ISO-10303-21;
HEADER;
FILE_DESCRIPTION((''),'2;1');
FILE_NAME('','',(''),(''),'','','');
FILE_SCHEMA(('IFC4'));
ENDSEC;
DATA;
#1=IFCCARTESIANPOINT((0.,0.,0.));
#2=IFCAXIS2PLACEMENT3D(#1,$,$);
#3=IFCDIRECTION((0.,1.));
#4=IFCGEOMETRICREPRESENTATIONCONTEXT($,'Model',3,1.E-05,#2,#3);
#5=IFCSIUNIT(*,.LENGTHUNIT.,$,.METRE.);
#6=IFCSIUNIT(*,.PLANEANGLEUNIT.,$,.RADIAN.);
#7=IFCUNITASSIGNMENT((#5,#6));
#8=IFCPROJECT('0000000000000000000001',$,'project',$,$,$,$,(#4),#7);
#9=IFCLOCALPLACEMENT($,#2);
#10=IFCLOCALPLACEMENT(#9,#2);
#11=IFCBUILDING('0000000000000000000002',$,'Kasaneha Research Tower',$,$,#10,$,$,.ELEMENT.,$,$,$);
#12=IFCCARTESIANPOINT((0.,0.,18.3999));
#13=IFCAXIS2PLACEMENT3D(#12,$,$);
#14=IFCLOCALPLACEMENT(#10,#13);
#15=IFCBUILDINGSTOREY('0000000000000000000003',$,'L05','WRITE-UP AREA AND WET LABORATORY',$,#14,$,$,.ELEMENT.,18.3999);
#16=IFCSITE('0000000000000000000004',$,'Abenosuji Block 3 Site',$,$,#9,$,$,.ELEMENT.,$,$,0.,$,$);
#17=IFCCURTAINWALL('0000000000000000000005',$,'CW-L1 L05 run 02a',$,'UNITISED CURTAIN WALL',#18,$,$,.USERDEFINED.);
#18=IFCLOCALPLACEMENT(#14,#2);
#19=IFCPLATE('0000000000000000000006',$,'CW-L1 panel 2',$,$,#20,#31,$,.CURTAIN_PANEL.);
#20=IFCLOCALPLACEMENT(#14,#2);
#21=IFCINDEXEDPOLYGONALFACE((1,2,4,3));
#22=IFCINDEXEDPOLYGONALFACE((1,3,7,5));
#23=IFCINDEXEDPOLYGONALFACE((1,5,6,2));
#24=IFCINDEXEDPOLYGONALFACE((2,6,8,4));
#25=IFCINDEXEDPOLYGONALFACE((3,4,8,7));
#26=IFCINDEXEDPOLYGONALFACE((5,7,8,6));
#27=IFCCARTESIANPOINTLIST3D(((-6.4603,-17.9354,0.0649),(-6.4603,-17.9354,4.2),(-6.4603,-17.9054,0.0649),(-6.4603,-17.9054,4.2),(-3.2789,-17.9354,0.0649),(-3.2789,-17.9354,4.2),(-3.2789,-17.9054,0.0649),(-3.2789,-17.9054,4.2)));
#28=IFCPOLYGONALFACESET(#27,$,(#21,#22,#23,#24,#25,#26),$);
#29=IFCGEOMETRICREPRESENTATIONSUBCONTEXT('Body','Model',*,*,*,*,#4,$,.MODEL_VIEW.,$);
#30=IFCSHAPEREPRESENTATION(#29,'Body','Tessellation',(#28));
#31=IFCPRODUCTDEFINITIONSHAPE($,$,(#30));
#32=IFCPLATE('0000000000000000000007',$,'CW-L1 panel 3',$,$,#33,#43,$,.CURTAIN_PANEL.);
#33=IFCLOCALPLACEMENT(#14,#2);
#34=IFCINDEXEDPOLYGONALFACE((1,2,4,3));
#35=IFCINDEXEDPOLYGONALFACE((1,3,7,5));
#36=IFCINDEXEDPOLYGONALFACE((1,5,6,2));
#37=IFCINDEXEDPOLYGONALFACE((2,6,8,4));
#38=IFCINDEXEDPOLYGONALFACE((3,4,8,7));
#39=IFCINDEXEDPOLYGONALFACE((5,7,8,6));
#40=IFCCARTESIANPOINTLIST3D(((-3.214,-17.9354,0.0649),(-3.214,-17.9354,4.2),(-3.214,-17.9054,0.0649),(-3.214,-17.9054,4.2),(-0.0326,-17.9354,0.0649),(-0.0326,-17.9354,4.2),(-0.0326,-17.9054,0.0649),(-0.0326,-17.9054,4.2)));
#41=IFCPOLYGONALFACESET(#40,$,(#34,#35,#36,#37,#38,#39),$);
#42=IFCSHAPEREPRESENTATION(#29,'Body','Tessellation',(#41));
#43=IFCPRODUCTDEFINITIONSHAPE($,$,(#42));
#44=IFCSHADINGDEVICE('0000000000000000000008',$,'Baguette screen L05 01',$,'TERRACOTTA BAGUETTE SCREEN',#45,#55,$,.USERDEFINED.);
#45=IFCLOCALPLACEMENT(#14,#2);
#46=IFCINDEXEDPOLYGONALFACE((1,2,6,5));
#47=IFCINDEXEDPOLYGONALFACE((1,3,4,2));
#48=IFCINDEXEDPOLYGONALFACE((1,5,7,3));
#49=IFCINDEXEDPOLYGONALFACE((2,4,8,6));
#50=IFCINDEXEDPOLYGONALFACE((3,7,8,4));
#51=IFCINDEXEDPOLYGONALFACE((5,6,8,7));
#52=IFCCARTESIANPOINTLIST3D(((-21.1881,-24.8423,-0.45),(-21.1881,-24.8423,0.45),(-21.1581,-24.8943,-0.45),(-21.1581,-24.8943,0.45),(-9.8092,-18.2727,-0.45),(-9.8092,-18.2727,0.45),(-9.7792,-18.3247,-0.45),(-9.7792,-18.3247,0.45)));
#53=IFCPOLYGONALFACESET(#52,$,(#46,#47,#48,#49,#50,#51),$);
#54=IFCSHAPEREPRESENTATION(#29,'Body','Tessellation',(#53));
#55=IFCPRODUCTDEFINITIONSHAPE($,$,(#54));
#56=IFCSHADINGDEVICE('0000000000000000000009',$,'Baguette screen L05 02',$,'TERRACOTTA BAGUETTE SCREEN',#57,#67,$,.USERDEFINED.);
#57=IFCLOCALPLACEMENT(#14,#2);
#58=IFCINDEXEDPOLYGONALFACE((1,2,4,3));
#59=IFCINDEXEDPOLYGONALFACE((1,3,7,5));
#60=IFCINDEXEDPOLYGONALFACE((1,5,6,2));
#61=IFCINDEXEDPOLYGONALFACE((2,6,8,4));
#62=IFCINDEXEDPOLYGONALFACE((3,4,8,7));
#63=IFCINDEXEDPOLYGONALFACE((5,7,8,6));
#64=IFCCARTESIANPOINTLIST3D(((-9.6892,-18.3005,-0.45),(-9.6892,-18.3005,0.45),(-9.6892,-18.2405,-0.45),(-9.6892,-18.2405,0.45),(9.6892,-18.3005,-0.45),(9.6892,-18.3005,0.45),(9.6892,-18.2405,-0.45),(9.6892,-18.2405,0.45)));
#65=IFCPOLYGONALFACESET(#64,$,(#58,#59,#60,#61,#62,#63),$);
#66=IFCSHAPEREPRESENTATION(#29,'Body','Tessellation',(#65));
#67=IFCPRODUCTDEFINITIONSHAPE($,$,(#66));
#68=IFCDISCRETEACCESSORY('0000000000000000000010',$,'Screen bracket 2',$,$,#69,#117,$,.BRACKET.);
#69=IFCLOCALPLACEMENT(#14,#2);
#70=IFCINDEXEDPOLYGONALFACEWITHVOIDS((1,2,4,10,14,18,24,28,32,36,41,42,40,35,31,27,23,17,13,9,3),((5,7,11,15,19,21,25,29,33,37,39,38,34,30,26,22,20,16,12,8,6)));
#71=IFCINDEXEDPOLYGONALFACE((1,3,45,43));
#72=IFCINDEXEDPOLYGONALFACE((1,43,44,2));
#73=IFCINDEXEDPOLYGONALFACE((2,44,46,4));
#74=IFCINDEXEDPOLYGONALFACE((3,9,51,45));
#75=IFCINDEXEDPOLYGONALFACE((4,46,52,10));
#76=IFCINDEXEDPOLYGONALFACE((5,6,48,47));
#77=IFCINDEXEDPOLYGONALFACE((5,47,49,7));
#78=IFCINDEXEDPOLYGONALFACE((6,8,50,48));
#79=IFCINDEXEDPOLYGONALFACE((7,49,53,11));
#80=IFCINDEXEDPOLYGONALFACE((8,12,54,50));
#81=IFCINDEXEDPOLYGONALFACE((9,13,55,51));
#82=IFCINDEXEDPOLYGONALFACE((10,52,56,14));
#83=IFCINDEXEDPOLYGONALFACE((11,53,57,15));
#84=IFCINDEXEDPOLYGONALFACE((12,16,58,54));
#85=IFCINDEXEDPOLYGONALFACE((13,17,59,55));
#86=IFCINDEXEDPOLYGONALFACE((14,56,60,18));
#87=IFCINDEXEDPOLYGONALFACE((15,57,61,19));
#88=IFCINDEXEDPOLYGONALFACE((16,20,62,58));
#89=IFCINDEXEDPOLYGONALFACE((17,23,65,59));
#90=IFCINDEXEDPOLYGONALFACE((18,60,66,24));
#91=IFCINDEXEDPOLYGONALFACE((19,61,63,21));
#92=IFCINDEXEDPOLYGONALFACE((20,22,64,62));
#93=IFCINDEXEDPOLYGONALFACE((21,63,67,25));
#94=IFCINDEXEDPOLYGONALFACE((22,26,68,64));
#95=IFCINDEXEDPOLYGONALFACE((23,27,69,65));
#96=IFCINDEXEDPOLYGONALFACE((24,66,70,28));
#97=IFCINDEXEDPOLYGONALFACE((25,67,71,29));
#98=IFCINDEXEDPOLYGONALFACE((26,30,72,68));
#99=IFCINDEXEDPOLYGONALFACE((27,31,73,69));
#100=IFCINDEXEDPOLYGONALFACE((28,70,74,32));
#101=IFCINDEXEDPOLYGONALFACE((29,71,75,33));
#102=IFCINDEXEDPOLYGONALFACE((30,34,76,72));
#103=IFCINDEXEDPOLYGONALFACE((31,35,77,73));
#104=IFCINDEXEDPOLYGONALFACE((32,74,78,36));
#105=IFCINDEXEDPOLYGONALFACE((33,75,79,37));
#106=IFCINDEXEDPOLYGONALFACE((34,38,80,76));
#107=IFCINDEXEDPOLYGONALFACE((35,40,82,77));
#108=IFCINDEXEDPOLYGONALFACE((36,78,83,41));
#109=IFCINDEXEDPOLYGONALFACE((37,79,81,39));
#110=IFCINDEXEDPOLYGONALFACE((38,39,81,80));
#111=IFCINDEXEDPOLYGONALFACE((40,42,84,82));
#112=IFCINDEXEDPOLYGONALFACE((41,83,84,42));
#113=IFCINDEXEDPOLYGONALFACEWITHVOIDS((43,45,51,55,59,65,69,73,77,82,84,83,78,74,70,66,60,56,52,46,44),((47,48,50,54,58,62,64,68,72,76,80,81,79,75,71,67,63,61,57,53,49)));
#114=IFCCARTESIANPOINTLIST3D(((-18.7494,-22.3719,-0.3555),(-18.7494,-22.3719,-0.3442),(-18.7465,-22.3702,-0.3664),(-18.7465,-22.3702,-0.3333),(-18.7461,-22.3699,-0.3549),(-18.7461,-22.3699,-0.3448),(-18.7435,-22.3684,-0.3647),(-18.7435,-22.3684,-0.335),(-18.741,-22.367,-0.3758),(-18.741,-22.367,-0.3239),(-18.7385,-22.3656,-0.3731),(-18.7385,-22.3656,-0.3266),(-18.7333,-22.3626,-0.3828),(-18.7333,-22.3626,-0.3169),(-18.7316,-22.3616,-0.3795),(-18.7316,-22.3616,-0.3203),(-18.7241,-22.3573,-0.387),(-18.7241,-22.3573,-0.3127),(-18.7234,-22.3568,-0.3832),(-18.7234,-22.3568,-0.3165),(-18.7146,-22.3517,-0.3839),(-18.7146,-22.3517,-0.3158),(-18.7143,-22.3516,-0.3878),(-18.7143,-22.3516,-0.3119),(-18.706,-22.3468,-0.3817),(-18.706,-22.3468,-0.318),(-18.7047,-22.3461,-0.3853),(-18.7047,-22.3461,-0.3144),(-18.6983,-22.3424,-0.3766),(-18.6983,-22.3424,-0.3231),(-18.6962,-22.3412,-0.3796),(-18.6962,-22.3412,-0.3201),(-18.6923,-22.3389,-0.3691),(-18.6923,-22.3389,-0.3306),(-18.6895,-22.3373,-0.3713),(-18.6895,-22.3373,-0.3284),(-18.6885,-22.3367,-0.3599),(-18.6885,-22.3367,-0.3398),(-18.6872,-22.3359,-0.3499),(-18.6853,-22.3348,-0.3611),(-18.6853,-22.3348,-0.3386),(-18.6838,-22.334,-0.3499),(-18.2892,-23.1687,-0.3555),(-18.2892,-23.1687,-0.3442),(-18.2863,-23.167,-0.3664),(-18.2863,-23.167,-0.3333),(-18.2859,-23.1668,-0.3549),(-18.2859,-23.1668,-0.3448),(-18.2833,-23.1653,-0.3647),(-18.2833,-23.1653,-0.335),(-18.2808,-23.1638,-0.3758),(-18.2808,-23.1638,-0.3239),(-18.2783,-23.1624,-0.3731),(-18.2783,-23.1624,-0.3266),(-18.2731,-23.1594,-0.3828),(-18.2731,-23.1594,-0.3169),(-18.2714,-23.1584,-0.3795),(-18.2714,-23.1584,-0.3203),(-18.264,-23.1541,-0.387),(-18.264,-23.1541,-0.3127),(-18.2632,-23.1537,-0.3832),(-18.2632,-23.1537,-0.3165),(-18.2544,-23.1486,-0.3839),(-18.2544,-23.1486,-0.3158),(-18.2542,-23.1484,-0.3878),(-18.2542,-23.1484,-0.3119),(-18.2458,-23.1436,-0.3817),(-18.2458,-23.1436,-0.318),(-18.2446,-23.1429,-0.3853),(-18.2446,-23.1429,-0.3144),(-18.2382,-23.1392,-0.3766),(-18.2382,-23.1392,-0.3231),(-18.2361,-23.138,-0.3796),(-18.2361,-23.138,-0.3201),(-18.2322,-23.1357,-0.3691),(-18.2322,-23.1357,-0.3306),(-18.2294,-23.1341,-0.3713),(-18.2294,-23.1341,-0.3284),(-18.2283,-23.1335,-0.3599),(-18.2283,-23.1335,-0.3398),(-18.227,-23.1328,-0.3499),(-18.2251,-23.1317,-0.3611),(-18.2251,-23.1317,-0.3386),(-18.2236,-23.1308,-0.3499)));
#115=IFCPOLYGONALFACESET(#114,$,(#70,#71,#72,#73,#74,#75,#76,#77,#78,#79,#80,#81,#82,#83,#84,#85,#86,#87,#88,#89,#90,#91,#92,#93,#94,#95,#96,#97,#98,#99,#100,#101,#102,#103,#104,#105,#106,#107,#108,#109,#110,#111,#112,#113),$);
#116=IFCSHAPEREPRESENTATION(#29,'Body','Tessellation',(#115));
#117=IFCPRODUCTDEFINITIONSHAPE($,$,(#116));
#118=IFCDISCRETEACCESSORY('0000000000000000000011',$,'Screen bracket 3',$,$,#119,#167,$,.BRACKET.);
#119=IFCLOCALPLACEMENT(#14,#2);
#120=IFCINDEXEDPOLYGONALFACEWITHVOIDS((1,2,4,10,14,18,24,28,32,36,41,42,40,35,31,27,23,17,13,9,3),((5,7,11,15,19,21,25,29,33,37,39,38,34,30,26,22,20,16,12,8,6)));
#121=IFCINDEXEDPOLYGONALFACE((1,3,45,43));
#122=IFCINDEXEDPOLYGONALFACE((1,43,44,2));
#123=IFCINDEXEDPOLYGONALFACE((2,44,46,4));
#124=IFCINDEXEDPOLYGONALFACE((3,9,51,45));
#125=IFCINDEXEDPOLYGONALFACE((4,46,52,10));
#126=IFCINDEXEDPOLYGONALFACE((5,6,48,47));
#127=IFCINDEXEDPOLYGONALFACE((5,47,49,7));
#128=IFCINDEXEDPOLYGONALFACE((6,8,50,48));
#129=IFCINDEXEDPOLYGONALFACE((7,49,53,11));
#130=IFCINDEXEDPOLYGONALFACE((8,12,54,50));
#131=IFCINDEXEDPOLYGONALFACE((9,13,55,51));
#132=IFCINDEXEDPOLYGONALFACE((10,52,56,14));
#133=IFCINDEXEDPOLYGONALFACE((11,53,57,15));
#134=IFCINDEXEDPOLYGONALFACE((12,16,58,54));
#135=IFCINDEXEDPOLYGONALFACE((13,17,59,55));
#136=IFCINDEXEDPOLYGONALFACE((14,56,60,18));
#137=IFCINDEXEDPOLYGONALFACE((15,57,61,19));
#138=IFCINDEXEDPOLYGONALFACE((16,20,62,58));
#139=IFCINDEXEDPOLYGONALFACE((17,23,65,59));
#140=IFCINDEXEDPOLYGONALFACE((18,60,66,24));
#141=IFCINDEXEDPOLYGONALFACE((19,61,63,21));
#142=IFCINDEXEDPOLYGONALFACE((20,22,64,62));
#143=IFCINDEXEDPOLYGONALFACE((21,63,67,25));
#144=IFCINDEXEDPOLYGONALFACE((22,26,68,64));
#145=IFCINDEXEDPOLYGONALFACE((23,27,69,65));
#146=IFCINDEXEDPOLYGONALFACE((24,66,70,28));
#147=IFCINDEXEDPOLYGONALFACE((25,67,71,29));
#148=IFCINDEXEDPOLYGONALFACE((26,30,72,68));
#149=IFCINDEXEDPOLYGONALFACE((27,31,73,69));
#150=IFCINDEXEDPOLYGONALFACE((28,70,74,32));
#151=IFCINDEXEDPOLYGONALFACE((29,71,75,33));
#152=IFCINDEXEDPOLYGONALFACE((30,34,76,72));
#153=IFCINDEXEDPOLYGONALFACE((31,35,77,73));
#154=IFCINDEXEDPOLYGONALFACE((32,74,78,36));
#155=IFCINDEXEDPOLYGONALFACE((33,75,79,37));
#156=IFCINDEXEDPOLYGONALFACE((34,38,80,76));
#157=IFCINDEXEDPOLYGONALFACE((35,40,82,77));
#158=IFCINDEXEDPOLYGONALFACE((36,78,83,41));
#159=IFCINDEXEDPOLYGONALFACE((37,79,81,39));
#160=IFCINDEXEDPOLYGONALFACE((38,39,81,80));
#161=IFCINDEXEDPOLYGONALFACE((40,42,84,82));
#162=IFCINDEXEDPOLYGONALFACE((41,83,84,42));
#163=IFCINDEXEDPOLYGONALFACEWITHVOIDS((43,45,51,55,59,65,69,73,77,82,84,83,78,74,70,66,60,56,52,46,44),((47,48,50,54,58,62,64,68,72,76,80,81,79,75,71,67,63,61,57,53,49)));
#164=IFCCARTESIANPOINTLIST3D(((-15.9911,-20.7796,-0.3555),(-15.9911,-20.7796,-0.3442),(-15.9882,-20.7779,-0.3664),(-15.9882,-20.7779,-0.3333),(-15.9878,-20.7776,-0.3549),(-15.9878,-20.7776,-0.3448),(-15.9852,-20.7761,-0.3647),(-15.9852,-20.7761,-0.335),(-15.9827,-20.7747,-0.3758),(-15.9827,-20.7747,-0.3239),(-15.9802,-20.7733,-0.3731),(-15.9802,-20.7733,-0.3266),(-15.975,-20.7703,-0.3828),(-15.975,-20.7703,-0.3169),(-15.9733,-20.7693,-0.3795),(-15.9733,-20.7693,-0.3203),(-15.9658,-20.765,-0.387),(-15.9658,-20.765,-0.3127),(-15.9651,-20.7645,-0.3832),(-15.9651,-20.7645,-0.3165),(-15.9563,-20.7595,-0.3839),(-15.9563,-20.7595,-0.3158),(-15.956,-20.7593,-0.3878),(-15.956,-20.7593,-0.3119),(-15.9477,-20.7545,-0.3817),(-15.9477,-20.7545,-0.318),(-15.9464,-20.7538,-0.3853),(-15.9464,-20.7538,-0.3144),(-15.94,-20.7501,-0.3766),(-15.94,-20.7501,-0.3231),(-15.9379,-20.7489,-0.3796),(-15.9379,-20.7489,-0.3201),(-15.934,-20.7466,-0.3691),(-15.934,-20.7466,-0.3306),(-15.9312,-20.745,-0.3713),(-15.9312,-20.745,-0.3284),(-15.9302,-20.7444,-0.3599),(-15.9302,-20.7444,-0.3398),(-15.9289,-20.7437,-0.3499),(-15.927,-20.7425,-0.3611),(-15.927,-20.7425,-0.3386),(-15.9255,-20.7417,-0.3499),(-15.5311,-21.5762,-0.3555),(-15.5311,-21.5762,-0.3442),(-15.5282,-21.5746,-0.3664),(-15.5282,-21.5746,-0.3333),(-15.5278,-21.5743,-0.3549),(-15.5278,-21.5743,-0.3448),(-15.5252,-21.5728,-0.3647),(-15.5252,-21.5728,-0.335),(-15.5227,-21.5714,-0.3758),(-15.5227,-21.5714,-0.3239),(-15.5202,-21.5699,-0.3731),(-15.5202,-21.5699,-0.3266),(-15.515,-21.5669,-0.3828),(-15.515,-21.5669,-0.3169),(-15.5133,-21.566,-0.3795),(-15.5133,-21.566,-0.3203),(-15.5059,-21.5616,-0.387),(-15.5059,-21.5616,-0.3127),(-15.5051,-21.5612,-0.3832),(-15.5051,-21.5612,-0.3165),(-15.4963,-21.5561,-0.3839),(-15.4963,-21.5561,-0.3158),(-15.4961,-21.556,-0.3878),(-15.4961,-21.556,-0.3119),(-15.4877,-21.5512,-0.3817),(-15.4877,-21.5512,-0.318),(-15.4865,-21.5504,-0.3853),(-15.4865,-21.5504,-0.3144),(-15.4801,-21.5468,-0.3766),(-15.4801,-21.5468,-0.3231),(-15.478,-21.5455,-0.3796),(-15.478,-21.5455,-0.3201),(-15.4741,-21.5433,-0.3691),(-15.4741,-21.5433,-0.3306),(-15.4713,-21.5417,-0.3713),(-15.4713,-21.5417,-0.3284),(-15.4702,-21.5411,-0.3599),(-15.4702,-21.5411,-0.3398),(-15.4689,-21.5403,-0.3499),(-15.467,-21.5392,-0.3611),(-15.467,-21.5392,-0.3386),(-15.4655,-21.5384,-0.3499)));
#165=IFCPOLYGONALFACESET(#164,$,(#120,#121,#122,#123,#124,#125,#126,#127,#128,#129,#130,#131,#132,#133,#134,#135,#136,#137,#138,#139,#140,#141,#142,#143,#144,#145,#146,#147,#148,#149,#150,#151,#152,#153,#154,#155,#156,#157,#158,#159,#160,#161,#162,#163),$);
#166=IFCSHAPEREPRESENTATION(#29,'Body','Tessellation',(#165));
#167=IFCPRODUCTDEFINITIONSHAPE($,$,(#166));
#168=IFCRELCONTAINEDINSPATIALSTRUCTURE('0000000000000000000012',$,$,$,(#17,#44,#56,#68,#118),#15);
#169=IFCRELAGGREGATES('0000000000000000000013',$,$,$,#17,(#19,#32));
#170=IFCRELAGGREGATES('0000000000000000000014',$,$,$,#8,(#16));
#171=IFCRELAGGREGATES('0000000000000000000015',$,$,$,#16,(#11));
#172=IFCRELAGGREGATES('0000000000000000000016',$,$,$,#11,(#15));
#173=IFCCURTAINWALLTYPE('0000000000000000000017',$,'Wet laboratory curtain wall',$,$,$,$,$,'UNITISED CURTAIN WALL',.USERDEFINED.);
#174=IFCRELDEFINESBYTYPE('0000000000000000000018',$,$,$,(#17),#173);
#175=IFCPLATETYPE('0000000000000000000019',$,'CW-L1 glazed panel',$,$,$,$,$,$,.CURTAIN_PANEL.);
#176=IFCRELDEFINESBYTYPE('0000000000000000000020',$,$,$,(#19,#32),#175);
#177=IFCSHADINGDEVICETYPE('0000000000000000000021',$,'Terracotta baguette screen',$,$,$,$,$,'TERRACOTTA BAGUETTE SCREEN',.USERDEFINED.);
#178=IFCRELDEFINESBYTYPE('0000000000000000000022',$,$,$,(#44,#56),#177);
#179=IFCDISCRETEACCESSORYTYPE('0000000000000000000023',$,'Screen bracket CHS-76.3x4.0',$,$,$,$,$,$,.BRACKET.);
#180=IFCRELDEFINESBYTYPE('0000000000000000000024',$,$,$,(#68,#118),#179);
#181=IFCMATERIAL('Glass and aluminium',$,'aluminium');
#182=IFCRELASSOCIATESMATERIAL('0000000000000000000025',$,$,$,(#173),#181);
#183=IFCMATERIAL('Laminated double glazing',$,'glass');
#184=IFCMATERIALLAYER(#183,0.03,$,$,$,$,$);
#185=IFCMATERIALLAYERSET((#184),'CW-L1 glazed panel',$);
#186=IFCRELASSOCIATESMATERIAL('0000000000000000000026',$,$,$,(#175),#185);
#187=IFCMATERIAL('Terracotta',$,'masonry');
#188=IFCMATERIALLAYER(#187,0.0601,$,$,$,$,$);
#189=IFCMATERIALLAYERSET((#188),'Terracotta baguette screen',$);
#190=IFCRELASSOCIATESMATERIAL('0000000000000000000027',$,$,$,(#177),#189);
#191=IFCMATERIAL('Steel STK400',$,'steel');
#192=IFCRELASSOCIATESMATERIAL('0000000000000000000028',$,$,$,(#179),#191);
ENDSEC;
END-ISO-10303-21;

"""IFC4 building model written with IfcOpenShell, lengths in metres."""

from ifc_helpers import new_model, si_unit, direction, frame, origin, origin_2d, place, context, subcontext, project, spatial, rectangle, hollow_circle, extrude, material, layer, layer_set, material_profile, profile_set, type_object, element, aggregate, save


model = new_model("IFC4")

# Units and contexts
model_context = context("Model", 3, precision=1e-05, world=origin(), true_north=direction((0.0, 1.0)))
body_context = subcontext(model_context, "Body", "Model", "MODEL_VIEW")
ifc_project = project(units=[si_unit("LENGTHUNIT", "METRE"), si_unit("PLANEANGLEUNIT", "RADIAN")], contexts=[model_context])

# Site, building, storey
site_placement = place(None, origin())
site = spatial("IfcSite", under=ifc_project, at=site_placement, Name="Abenosuji Block 3 Site", CompositionType="ELEMENT", RefElevation=0.0)
building_placement = place(site_placement, origin())
building = spatial("IfcBuilding", under=site, at=building_placement, Name="Kasaneha Research Tower", CompositionType="ELEMENT")
storey_placement = place(building_placement, frame((0.0, 0.0, 18.3999)))
storey = spatial("IfcBuildingStorey", under=building, at=storey_placement, Name="L05", Description="WRITE-UP AREA AND WET LABORATORY", CompositionType="ELEMENT", Elevation=18.3999)

# Curtain wall
ifc_material_1 = material(Name="Glass and aluminium", Category="aluminium")
curtain_wall_type = type_object("IfcCurtainWallType", Name="Wet laboratory curtain wall", ElementType="UNITISED CURTAIN WALL", PredefinedType="USERDEFINED", material=ifc_material_1)
curtain_wall_1_placement = place(storey_placement, origin())
curtain_wall_1 = element("IfcCurtainWall", 1, at=curtain_wall_1_placement, inside=storey, type_object=curtain_wall_type, Name="CW-L1 L05 run 02a", ObjectType="UNITISED CURTAIN WALL", PredefinedType="USERDEFINED")

# Plates
ifc_material_2 = material(Name="Laminated double glazing", Category="glass")
ifc_layer_1 = layer(ifc_material_2, 0.03)
ifc_layer_set_1 = layer_set([ifc_layer_1], Name="CW-L1 glazed panel")
plate_type = type_object("IfcPlateType", Name="CW-L1 glazed panel", PredefinedType="CURTAIN_PANEL", material=ifc_layer_set_1)
plate_1_placement = place(storey_placement, frame((-4.8696, -17.9204, 0.0649), z_axis=(0.0, 0.0, 1.0), x_axis=(1.0, 0.0, 0.0)))
plate_1 = element("IfcPlate", 2, at=plate_1_placement, type_object=plate_type, Name="CW-L1 panel 2", PredefinedType="CURTAIN_PANEL", context=body_context, shape_type="SweptSolid", body=[
    extrude(rectangle(XDim=3.1814, YDim=0.03, at=origin_2d()), origin(), (0.0, 0.0, 1.0), 4.135),
])
plate_2_placement = place(storey_placement, frame((-1.6233, -17.9204, 0.0649), z_axis=(0.0, 0.0, 1.0), x_axis=(1.0, 0.0, 0.0)))
plate_2 = element("IfcPlate", 3, at=plate_2_placement, type_object=plate_type, Name="CW-L1 panel 3", PredefinedType="CURTAIN_PANEL", context=body_context, shape_type="SweptSolid", body=[
    extrude(rectangle(XDim=3.1814, YDim=0.03, at=origin_2d()), origin(), (0.0, 0.0, 1.0), 4.135),
])
aggregate(curtain_wall_1, [plate_1, plate_2])

# Shading devices
ifc_material_3 = material(Name="Terracotta", Category="masonry")
ifc_layer_2 = layer(ifc_material_3, 0.0601)
ifc_layer_set_2 = layer_set([ifc_layer_2], Name="Terracotta baguette screen")
shading_device_type = type_object("IfcShadingDeviceType", Name="Terracotta baguette screen", ElementType="TERRACOTTA BAGUETTE SCREEN", PredefinedType="USERDEFINED", material=ifc_layer_set_2)
shading_device_1_placement = place(storey_placement, frame((-15.4836, -21.5835, -0.45), z_axis=(0.0, 0.0, 1.0), x_axis=(0.866025, 0.5, 0.0)))
element("IfcShadingDevice", 4, at=shading_device_1_placement, inside=storey, type_object=shading_device_type, Name="Baguette screen L05 01", ObjectType="TERRACOTTA BAGUETTE SCREEN", PredefinedType="USERDEFINED", context=body_context, shape_type="SweptSolid", body=[
    extrude(rectangle(XDim=13.1392, YDim=0.0601, at=origin_2d()), origin(), (0.0, 0.0, 1.0), 0.8999),
])
shading_device_2_placement = place(storey_placement, frame((0.0, -18.2705, -0.45), z_axis=(0.0, 0.0, 1.0), x_axis=(1.0, 0.0, 0.0)))
element("IfcShadingDevice", 5, at=shading_device_2_placement, inside=storey, type_object=shading_device_type, Name="Baguette screen L05 02", ObjectType="TERRACOTTA BAGUETTE SCREEN", PredefinedType="USERDEFINED", context=body_context, shape_type="SweptSolid", body=[
    extrude(rectangle(XDim=19.3784, YDim=0.0601, at=origin_2d()), origin(), (0.0, 0.0, 1.0), 0.8999),
])

# Discrete accessories
ifc_material_4 = material(Name="Steel STK400", Category="steel")
ifc_material_profile_1 = material_profile(ifc_material_4, hollow_circle(Radius=0.0381, WallThickness=0.0039, at=origin_2d()), Name="CHS-76.3x4.0")
ifc_profile_set_1 = profile_set([ifc_material_profile_1], Name="Steel STK400")
discrete_accessory_type = type_object("IfcDiscreteAccessoryType", Name="Screen bracket CHS-76.3x4.0", PredefinedType="BRACKET", material=ifc_profile_set_1)
discrete_accessory_1_placement = place(storey_placement, frame((-18.7168, -22.353, -0.3499), z_axis=(0.500105, -0.865965, 0.0), x_axis=(0.865965, 0.500105, 0.0)))
element("IfcDiscreteAccessory", 6, at=discrete_accessory_1_placement, inside=storey, type_object=discrete_accessory_type, Name="Screen bracket 2", PredefinedType="BRACKET", context=body_context, shape_type="SweptSolid", body=[
    extrude(hollow_circle(Radius=0.0381, WallThickness=0.0039, at=origin_2d()), origin(), (0.0, 0.0, 1.0), 0.9202),
])
discrete_accessory_2_placement = place(storey_placement, frame((-15.9585, -20.7607, -0.3499), z_axis=(0.500021, -0.866013, 0.0), x_axis=(0.866013, 0.500021, 0.0)))
element("IfcDiscreteAccessory", 7, at=discrete_accessory_2_placement, inside=storey, type_object=discrete_accessory_type, Name="Screen bracket 3", PredefinedType="BRACKET", context=body_context, shape_type="SweptSolid", body=[
    extrude(hollow_circle(Radius=0.0381, WallThickness=0.0039, at=origin_2d()), origin(), (0.0, 0.0, 1.0), 0.9199),
])

save(model, "model.ifc")
